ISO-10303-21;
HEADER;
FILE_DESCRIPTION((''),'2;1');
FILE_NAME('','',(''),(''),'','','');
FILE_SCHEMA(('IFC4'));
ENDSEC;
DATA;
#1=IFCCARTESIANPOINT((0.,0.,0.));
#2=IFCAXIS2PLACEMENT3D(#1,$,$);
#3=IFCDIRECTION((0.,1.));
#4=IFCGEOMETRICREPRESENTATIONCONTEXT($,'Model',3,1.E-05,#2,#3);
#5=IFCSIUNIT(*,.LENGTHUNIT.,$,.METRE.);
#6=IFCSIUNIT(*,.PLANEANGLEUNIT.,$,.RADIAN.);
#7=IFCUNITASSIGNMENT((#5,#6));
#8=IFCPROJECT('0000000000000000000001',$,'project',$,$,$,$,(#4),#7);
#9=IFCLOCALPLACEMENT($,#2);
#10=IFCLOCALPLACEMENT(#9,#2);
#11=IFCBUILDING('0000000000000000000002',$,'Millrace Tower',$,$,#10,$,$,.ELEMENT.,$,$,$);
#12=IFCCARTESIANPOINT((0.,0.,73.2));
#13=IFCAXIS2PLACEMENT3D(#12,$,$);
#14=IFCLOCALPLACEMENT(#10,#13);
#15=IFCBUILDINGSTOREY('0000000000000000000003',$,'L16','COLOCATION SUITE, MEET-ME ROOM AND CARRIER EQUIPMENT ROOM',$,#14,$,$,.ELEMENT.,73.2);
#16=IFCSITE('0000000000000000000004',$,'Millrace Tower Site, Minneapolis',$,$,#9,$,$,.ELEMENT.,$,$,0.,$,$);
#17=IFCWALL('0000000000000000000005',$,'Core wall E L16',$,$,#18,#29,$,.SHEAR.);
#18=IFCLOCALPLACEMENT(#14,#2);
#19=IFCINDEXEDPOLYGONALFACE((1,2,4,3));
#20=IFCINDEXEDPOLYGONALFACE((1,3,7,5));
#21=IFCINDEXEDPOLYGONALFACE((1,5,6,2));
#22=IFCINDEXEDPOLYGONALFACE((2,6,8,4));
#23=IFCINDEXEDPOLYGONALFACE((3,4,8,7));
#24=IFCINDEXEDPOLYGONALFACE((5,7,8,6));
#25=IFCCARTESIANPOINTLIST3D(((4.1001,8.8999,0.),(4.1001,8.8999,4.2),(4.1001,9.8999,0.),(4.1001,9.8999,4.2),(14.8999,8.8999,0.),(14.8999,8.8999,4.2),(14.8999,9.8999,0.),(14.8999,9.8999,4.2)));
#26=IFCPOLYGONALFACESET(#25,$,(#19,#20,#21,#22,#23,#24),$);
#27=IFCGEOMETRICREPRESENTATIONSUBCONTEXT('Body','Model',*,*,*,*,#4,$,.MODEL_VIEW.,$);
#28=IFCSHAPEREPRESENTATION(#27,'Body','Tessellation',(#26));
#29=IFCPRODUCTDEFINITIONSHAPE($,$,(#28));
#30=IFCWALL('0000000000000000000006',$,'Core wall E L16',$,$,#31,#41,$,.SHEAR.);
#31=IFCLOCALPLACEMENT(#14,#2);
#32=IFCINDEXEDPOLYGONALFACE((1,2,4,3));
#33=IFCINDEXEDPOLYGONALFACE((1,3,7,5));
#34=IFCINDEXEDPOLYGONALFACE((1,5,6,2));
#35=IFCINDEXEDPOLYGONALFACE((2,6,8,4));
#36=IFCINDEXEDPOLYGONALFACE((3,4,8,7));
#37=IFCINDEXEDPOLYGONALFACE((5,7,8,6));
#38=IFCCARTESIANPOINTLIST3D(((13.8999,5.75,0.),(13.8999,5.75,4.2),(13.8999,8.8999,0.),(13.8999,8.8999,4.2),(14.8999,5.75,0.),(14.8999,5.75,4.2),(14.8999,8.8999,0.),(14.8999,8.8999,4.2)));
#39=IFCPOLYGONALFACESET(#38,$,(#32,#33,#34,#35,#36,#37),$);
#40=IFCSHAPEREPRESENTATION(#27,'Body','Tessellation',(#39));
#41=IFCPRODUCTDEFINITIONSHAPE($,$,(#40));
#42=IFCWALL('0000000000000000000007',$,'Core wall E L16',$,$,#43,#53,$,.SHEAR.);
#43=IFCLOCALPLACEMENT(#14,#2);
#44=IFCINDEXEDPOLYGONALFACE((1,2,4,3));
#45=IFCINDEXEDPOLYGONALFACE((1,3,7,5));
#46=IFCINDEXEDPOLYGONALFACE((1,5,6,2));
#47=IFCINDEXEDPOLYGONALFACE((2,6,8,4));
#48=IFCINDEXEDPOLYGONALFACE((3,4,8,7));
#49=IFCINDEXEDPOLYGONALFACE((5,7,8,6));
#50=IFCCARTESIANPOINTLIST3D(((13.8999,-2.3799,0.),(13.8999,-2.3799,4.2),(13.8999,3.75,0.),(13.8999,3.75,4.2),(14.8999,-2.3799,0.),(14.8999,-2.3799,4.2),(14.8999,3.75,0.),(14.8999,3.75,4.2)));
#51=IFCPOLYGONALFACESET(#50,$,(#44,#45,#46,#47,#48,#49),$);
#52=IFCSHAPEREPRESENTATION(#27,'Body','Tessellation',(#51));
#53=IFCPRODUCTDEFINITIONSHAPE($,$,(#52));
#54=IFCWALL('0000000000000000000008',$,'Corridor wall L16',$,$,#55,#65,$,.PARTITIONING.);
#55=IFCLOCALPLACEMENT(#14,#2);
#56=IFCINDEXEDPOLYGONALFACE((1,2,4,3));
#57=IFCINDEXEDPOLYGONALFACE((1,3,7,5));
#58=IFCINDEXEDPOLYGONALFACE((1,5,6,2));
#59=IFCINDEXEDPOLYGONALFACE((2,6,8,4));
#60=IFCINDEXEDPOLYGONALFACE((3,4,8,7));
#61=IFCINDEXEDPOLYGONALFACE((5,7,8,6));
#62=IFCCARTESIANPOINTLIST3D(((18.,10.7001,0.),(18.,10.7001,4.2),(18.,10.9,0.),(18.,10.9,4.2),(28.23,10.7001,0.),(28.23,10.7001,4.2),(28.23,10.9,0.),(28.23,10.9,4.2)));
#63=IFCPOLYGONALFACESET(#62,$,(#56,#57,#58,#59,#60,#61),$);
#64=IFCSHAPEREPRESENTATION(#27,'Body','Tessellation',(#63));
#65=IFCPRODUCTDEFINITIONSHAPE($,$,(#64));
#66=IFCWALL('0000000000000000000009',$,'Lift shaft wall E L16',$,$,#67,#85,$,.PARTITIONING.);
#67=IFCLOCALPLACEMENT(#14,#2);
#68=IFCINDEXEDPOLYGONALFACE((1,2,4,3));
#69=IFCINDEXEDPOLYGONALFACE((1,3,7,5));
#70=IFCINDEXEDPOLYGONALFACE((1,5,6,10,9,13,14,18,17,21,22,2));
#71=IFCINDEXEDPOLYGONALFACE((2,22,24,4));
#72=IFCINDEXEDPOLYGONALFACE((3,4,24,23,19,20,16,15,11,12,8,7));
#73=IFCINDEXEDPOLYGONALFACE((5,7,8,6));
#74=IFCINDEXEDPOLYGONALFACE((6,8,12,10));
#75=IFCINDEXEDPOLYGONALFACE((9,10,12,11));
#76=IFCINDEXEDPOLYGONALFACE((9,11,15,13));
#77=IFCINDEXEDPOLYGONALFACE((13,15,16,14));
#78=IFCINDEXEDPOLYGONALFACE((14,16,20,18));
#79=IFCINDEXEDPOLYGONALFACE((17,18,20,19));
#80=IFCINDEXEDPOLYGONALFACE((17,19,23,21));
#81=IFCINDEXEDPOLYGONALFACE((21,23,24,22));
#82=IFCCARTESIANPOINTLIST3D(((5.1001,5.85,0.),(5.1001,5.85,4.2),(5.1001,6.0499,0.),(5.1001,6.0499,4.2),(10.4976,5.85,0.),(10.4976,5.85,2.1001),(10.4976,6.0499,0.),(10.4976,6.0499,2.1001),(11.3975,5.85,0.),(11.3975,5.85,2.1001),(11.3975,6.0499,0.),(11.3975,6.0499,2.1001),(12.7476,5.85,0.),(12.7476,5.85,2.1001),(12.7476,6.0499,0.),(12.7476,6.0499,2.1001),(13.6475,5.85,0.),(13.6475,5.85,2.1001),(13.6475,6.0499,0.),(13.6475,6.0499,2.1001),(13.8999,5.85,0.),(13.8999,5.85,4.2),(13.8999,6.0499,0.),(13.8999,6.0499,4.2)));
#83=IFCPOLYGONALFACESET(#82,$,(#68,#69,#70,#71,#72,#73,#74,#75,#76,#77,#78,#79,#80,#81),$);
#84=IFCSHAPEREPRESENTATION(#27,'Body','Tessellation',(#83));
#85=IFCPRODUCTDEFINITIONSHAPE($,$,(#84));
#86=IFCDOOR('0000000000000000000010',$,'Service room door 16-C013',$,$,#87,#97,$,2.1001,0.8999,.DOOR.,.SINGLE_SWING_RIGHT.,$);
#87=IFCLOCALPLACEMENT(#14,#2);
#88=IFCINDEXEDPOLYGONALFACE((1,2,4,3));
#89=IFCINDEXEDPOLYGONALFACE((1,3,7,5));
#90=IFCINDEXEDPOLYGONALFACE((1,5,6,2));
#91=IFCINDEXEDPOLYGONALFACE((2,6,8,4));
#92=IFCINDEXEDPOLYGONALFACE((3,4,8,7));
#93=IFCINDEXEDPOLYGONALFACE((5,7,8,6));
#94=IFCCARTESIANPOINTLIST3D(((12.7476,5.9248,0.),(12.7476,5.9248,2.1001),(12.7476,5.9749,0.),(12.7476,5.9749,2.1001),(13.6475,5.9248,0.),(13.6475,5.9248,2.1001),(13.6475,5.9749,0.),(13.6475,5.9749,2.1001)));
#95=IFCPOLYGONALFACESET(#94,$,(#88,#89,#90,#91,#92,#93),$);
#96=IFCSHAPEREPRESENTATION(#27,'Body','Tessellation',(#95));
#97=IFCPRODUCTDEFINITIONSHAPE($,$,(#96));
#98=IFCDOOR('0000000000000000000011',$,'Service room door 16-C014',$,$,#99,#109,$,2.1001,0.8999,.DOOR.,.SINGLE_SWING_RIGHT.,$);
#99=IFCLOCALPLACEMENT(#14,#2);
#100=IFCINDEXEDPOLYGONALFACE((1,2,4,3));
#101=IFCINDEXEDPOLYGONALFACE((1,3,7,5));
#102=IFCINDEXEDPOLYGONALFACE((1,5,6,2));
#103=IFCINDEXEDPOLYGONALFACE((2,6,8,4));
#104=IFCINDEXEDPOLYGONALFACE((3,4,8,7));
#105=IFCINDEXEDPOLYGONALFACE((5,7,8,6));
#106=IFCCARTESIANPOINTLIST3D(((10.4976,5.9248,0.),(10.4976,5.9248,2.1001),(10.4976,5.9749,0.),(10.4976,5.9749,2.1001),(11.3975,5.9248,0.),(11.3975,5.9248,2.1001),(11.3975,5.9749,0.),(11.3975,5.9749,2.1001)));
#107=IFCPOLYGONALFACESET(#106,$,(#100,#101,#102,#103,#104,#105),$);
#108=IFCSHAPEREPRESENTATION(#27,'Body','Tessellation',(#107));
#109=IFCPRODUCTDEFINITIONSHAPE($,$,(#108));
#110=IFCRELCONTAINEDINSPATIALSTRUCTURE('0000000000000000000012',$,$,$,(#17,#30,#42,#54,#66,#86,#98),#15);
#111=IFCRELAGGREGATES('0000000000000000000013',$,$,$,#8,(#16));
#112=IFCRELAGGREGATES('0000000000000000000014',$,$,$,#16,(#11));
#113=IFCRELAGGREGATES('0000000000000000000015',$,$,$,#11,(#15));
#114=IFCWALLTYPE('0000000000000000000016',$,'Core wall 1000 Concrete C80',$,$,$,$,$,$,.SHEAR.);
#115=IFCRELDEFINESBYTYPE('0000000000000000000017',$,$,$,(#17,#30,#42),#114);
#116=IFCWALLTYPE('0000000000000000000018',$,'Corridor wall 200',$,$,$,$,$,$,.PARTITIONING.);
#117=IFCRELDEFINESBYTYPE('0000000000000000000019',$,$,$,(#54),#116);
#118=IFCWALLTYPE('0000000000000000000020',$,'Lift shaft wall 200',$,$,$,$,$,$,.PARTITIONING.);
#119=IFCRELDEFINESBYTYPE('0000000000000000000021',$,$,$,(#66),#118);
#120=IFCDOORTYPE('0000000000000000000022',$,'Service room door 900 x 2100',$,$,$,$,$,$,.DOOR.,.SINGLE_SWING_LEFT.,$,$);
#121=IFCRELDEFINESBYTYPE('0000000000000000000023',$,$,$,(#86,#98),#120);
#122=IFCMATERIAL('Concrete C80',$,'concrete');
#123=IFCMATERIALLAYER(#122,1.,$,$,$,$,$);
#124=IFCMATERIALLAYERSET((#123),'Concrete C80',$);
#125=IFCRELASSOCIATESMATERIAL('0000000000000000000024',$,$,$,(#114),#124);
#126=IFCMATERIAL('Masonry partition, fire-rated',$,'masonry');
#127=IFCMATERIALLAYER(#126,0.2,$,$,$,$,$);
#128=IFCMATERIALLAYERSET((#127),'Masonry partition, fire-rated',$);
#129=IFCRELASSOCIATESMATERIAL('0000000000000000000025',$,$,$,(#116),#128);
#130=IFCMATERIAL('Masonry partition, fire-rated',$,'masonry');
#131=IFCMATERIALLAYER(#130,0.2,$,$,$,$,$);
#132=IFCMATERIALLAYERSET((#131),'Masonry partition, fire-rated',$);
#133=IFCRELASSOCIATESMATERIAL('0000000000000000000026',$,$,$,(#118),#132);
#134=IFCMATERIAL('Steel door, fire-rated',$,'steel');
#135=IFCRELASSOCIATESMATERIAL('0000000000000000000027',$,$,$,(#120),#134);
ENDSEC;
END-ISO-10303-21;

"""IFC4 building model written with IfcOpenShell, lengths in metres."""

from ifc_helpers import new_model, si_unit, direction, frame, frame_2d, origin, place, context, subcontext, project, spatial, rectangle, extrude, material, layer, layer_set, type_object, element, fill, save


model = new_model("IFC4")

# Units and contexts
model_context = context("Model", 3, precision=1e-05, world=origin(), true_north=direction((0.0, 1.0)))
body_context = subcontext(model_context, "Body", "Model", "MODEL_VIEW")
ifc_project = project(units=[si_unit("LENGTHUNIT", "METRE"), si_unit("PLANEANGLEUNIT", "RADIAN")], contexts=[model_context])

# Site, building, storey
site_placement = place(None, origin())
site = spatial("IfcSite", under=ifc_project, at=site_placement, Name="Millrace Tower Site, Minneapolis", CompositionType="ELEMENT", RefElevation=0.0)
building_placement = place(site_placement, origin())
building = spatial("IfcBuilding", under=site, at=building_placement, Name="Millrace Tower", CompositionType="ELEMENT")
storey_placement = place(building_placement, frame((0.0, 0.0, 73.2)))
storey = spatial("IfcBuildingStorey", under=building, at=storey_placement, Name="L16", Description="COLOCATION SUITE, MEET-ME ROOM AND CARRIER EQUIPMENT ROOM", CompositionType="ELEMENT", Elevation=73.2)

# Walls
ifc_material_1 = material(Name="Concrete C80", Category="concrete")
ifc_layer_1 = layer(ifc_material_1, 1.0)
ifc_layer_set_1 = layer_set([ifc_layer_1], Name="Concrete C80")
wall_type_1 = type_object("IfcWallType", Name="Core wall 1000 Concrete C80", PredefinedType="SHEAR", material=ifc_layer_set_1)
wall_1_placement = place(storey_placement, frame((14.8999, 9.3999, 0.0), z_axis=(0.0, 0.0, 1.0), x_axis=(-1.0, 0.0, 0.0)))
element("IfcWall", 1, at=wall_1_placement, inside=storey, type_object=wall_type_1, Name="Core wall E L16", PredefinedType="SHEAR", context=body_context, shape_type="SweptSolid", body=[
    extrude(rectangle(XDim=10.7998, YDim=1.0, at=frame_2d((5.3999, 0.0))), origin(), (0.0, 0.0, 1.0), 4.2),
])
wall_2_placement = place(storey_placement, frame((14.3999, 8.8999, 0.0), z_axis=(0.0, 0.0, 1.0), x_axis=(0.0, -1.0, 0.0)))
element("IfcWall", 2, at=wall_2_placement, inside=storey, type_object=wall_type_1, Name="Core wall E L16", PredefinedType="SHEAR", context=body_context, shape_type="SweptSolid", body=[
    extrude(rectangle(XDim=3.1499, YDim=1.0, at=frame_2d((1.575, 0.0))), origin(), (0.0, 0.0, 1.0), 4.2),
])
wall_3_placement = place(storey_placement, frame((14.3999, 3.75, 0.0), z_axis=(0.0, 0.0, 1.0), x_axis=(0.0, -1.0, 0.0)))
element("IfcWall", 3, at=wall_3_placement, inside=storey, type_object=wall_type_1, Name="Core wall E L16", PredefinedType="SHEAR", context=body_context, shape_type="SweptSolid", body=[
    extrude(rectangle(XDim=6.1299, YDim=1.0, at=frame_2d((3.0649, 0.0))), origin(), (0.0, 0.0, 1.0), 4.2),
])
ifc_material_2 = material(Name="Masonry partition, fire-rated", Category="masonry")
ifc_layer_2 = layer(ifc_material_2, 0.2)
ifc_layer_set_2 = layer_set([ifc_layer_2], Name="Masonry partition, fire-rated")
wall_type_2 = type_object("IfcWallType", Name="Corridor wall 200", PredefinedType="PARTITIONING", material=ifc_layer_set_2)
wall_4_placement = place(storey_placement, frame((18.0, 10.8, 0.0), z_axis=(0.0, 0.0, 1.0), x_axis=(1.0, 0.0, 0.0)))
element("IfcWall", 4, at=wall_4_placement, inside=storey, type_object=wall_type_2, Name="Corridor wall L16", PredefinedType="PARTITIONING", context=body_context, shape_type="SweptSolid", body=[
    extrude(rectangle(XDim=10.23, YDim=0.2, at=frame_2d((5.115, 0.0))), origin(), (0.0, 0.0, 1.0), 4.2),
])

# Wall, openings, doors
ifc_material_3 = material(Name="Masonry partition, fire-rated", Category="masonry")
ifc_layer_3 = layer(ifc_material_3, 0.2)
ifc_layer_set_3 = layer_set([ifc_layer_3], Name="Masonry partition, fire-rated")
wall_type_3 = type_object("IfcWallType", Name="Lift shaft wall 200", PredefinedType="PARTITIONING", material=ifc_layer_set_3)
wall_5_placement = place(storey_placement, frame((13.8999, 5.95, 0.0), z_axis=(0.0, 0.0, 1.0), x_axis=(-1.0, 0.0, 0.0)))
wall_5 = element("IfcWall", 5, at=wall_5_placement, inside=storey, type_object=wall_type_3, Name="Lift shaft wall E L16", PredefinedType="PARTITIONING", context=body_context, shape_type="SweptSolid", body=[
    extrude(rectangle(XDim=8.7998, YDim=0.2, at=frame_2d((4.3999, 0.0))), origin(), (0.0, 0.0, 1.0), 4.2),
])
opening_1_placement = place(wall_5_placement, frame((0.2524, 0.0, 0.0)))
opening_1 = element("IfcOpeningElement", 6, at=opening_1_placement, cuts=wall_5, PredefinedType="OPENING", context=body_context, shape_type="SweptSolid", body=[
    extrude(rectangle(XDim=0.8999, YDim=2.1001, at=frame_2d((0.45, 1.05))), frame((0.0, 0.1099, 0.0), z_axis=(0.0, -1.0, 0.0), x_axis=(1.0, 0.0, 0.0)), (0.0, 0.0, 1.0), 0.22),
])
opening_2_placement = place(wall_5_placement, frame((2.5024, 0.0, 0.0)))
opening_2 = element("IfcOpeningElement", 7, at=opening_2_placement, cuts=wall_5, PredefinedType="OPENING", context=body_context, shape_type="SweptSolid", body=[
    extrude(rectangle(XDim=0.8999, YDim=2.1001, at=frame_2d((0.45, 1.05))), frame((0.0, 0.1099, 0.0), z_axis=(0.0, -1.0, 0.0), x_axis=(1.0, 0.0, 0.0)), (0.0, 0.0, 1.0), 0.22),
])
ifc_material_4 = material(Name="Steel door, fire-rated", Category="steel")
door_type_1 = type_object("IfcDoorType", Name="Service room door 900 x 2100", OperationType="SINGLE_SWING_LEFT", PredefinedType="DOOR", material=ifc_material_4)
door_1_placement = place(opening_1_placement, frame((0.8999, 0.0, 0.0), z_axis=(0.0, 0.0, 1.0), x_axis=(-1.0, 0.0, 0.0)))
door_1 = element("IfcDoor", 8, at=door_1_placement, inside=storey, type_object=door_type_1, Name="Service room door 16-C013", OperationType="SINGLE_SWING_RIGHT", OverallHeight=2.1001, OverallWidth=0.8999, PredefinedType="DOOR", context=body_context, shape_type="SweptSolid", body=[
    extrude(rectangle(XDim=0.8999, YDim=2.1001, at=frame_2d((0.45, 1.05))), frame((0.0, 0.0249, 0.0), z_axis=(0.0, -1.0, 0.0), x_axis=(1.0, 0.0, 0.0)), (0.0, 0.0, 1.0), 0.05),
])
fill(opening_1, door_1)
door_2_placement = place(opening_2_placement, frame((0.8999, 0.0, 0.0), z_axis=(0.0, 0.0, 1.0), x_axis=(-1.0, 0.0, 0.0)))
door_2 = element("IfcDoor", 9, at=door_2_placement, inside=storey, type_object=door_type_1, Name="Service room door 16-C014", OperationType="SINGLE_SWING_RIGHT", OverallHeight=2.1001, OverallWidth=0.8999, PredefinedType="DOOR", context=body_context, shape_type="SweptSolid", body=[
    extrude(rectangle(XDim=0.8999, YDim=2.1001, at=frame_2d((0.45, 1.05))), frame((0.0, 0.0249, 0.0), z_axis=(0.0, -1.0, 0.0), x_axis=(1.0, 0.0, 0.0)), (0.0, 0.0, 1.0), 0.05),
])
fill(opening_2, door_2)

save(model, "model.ifc")
